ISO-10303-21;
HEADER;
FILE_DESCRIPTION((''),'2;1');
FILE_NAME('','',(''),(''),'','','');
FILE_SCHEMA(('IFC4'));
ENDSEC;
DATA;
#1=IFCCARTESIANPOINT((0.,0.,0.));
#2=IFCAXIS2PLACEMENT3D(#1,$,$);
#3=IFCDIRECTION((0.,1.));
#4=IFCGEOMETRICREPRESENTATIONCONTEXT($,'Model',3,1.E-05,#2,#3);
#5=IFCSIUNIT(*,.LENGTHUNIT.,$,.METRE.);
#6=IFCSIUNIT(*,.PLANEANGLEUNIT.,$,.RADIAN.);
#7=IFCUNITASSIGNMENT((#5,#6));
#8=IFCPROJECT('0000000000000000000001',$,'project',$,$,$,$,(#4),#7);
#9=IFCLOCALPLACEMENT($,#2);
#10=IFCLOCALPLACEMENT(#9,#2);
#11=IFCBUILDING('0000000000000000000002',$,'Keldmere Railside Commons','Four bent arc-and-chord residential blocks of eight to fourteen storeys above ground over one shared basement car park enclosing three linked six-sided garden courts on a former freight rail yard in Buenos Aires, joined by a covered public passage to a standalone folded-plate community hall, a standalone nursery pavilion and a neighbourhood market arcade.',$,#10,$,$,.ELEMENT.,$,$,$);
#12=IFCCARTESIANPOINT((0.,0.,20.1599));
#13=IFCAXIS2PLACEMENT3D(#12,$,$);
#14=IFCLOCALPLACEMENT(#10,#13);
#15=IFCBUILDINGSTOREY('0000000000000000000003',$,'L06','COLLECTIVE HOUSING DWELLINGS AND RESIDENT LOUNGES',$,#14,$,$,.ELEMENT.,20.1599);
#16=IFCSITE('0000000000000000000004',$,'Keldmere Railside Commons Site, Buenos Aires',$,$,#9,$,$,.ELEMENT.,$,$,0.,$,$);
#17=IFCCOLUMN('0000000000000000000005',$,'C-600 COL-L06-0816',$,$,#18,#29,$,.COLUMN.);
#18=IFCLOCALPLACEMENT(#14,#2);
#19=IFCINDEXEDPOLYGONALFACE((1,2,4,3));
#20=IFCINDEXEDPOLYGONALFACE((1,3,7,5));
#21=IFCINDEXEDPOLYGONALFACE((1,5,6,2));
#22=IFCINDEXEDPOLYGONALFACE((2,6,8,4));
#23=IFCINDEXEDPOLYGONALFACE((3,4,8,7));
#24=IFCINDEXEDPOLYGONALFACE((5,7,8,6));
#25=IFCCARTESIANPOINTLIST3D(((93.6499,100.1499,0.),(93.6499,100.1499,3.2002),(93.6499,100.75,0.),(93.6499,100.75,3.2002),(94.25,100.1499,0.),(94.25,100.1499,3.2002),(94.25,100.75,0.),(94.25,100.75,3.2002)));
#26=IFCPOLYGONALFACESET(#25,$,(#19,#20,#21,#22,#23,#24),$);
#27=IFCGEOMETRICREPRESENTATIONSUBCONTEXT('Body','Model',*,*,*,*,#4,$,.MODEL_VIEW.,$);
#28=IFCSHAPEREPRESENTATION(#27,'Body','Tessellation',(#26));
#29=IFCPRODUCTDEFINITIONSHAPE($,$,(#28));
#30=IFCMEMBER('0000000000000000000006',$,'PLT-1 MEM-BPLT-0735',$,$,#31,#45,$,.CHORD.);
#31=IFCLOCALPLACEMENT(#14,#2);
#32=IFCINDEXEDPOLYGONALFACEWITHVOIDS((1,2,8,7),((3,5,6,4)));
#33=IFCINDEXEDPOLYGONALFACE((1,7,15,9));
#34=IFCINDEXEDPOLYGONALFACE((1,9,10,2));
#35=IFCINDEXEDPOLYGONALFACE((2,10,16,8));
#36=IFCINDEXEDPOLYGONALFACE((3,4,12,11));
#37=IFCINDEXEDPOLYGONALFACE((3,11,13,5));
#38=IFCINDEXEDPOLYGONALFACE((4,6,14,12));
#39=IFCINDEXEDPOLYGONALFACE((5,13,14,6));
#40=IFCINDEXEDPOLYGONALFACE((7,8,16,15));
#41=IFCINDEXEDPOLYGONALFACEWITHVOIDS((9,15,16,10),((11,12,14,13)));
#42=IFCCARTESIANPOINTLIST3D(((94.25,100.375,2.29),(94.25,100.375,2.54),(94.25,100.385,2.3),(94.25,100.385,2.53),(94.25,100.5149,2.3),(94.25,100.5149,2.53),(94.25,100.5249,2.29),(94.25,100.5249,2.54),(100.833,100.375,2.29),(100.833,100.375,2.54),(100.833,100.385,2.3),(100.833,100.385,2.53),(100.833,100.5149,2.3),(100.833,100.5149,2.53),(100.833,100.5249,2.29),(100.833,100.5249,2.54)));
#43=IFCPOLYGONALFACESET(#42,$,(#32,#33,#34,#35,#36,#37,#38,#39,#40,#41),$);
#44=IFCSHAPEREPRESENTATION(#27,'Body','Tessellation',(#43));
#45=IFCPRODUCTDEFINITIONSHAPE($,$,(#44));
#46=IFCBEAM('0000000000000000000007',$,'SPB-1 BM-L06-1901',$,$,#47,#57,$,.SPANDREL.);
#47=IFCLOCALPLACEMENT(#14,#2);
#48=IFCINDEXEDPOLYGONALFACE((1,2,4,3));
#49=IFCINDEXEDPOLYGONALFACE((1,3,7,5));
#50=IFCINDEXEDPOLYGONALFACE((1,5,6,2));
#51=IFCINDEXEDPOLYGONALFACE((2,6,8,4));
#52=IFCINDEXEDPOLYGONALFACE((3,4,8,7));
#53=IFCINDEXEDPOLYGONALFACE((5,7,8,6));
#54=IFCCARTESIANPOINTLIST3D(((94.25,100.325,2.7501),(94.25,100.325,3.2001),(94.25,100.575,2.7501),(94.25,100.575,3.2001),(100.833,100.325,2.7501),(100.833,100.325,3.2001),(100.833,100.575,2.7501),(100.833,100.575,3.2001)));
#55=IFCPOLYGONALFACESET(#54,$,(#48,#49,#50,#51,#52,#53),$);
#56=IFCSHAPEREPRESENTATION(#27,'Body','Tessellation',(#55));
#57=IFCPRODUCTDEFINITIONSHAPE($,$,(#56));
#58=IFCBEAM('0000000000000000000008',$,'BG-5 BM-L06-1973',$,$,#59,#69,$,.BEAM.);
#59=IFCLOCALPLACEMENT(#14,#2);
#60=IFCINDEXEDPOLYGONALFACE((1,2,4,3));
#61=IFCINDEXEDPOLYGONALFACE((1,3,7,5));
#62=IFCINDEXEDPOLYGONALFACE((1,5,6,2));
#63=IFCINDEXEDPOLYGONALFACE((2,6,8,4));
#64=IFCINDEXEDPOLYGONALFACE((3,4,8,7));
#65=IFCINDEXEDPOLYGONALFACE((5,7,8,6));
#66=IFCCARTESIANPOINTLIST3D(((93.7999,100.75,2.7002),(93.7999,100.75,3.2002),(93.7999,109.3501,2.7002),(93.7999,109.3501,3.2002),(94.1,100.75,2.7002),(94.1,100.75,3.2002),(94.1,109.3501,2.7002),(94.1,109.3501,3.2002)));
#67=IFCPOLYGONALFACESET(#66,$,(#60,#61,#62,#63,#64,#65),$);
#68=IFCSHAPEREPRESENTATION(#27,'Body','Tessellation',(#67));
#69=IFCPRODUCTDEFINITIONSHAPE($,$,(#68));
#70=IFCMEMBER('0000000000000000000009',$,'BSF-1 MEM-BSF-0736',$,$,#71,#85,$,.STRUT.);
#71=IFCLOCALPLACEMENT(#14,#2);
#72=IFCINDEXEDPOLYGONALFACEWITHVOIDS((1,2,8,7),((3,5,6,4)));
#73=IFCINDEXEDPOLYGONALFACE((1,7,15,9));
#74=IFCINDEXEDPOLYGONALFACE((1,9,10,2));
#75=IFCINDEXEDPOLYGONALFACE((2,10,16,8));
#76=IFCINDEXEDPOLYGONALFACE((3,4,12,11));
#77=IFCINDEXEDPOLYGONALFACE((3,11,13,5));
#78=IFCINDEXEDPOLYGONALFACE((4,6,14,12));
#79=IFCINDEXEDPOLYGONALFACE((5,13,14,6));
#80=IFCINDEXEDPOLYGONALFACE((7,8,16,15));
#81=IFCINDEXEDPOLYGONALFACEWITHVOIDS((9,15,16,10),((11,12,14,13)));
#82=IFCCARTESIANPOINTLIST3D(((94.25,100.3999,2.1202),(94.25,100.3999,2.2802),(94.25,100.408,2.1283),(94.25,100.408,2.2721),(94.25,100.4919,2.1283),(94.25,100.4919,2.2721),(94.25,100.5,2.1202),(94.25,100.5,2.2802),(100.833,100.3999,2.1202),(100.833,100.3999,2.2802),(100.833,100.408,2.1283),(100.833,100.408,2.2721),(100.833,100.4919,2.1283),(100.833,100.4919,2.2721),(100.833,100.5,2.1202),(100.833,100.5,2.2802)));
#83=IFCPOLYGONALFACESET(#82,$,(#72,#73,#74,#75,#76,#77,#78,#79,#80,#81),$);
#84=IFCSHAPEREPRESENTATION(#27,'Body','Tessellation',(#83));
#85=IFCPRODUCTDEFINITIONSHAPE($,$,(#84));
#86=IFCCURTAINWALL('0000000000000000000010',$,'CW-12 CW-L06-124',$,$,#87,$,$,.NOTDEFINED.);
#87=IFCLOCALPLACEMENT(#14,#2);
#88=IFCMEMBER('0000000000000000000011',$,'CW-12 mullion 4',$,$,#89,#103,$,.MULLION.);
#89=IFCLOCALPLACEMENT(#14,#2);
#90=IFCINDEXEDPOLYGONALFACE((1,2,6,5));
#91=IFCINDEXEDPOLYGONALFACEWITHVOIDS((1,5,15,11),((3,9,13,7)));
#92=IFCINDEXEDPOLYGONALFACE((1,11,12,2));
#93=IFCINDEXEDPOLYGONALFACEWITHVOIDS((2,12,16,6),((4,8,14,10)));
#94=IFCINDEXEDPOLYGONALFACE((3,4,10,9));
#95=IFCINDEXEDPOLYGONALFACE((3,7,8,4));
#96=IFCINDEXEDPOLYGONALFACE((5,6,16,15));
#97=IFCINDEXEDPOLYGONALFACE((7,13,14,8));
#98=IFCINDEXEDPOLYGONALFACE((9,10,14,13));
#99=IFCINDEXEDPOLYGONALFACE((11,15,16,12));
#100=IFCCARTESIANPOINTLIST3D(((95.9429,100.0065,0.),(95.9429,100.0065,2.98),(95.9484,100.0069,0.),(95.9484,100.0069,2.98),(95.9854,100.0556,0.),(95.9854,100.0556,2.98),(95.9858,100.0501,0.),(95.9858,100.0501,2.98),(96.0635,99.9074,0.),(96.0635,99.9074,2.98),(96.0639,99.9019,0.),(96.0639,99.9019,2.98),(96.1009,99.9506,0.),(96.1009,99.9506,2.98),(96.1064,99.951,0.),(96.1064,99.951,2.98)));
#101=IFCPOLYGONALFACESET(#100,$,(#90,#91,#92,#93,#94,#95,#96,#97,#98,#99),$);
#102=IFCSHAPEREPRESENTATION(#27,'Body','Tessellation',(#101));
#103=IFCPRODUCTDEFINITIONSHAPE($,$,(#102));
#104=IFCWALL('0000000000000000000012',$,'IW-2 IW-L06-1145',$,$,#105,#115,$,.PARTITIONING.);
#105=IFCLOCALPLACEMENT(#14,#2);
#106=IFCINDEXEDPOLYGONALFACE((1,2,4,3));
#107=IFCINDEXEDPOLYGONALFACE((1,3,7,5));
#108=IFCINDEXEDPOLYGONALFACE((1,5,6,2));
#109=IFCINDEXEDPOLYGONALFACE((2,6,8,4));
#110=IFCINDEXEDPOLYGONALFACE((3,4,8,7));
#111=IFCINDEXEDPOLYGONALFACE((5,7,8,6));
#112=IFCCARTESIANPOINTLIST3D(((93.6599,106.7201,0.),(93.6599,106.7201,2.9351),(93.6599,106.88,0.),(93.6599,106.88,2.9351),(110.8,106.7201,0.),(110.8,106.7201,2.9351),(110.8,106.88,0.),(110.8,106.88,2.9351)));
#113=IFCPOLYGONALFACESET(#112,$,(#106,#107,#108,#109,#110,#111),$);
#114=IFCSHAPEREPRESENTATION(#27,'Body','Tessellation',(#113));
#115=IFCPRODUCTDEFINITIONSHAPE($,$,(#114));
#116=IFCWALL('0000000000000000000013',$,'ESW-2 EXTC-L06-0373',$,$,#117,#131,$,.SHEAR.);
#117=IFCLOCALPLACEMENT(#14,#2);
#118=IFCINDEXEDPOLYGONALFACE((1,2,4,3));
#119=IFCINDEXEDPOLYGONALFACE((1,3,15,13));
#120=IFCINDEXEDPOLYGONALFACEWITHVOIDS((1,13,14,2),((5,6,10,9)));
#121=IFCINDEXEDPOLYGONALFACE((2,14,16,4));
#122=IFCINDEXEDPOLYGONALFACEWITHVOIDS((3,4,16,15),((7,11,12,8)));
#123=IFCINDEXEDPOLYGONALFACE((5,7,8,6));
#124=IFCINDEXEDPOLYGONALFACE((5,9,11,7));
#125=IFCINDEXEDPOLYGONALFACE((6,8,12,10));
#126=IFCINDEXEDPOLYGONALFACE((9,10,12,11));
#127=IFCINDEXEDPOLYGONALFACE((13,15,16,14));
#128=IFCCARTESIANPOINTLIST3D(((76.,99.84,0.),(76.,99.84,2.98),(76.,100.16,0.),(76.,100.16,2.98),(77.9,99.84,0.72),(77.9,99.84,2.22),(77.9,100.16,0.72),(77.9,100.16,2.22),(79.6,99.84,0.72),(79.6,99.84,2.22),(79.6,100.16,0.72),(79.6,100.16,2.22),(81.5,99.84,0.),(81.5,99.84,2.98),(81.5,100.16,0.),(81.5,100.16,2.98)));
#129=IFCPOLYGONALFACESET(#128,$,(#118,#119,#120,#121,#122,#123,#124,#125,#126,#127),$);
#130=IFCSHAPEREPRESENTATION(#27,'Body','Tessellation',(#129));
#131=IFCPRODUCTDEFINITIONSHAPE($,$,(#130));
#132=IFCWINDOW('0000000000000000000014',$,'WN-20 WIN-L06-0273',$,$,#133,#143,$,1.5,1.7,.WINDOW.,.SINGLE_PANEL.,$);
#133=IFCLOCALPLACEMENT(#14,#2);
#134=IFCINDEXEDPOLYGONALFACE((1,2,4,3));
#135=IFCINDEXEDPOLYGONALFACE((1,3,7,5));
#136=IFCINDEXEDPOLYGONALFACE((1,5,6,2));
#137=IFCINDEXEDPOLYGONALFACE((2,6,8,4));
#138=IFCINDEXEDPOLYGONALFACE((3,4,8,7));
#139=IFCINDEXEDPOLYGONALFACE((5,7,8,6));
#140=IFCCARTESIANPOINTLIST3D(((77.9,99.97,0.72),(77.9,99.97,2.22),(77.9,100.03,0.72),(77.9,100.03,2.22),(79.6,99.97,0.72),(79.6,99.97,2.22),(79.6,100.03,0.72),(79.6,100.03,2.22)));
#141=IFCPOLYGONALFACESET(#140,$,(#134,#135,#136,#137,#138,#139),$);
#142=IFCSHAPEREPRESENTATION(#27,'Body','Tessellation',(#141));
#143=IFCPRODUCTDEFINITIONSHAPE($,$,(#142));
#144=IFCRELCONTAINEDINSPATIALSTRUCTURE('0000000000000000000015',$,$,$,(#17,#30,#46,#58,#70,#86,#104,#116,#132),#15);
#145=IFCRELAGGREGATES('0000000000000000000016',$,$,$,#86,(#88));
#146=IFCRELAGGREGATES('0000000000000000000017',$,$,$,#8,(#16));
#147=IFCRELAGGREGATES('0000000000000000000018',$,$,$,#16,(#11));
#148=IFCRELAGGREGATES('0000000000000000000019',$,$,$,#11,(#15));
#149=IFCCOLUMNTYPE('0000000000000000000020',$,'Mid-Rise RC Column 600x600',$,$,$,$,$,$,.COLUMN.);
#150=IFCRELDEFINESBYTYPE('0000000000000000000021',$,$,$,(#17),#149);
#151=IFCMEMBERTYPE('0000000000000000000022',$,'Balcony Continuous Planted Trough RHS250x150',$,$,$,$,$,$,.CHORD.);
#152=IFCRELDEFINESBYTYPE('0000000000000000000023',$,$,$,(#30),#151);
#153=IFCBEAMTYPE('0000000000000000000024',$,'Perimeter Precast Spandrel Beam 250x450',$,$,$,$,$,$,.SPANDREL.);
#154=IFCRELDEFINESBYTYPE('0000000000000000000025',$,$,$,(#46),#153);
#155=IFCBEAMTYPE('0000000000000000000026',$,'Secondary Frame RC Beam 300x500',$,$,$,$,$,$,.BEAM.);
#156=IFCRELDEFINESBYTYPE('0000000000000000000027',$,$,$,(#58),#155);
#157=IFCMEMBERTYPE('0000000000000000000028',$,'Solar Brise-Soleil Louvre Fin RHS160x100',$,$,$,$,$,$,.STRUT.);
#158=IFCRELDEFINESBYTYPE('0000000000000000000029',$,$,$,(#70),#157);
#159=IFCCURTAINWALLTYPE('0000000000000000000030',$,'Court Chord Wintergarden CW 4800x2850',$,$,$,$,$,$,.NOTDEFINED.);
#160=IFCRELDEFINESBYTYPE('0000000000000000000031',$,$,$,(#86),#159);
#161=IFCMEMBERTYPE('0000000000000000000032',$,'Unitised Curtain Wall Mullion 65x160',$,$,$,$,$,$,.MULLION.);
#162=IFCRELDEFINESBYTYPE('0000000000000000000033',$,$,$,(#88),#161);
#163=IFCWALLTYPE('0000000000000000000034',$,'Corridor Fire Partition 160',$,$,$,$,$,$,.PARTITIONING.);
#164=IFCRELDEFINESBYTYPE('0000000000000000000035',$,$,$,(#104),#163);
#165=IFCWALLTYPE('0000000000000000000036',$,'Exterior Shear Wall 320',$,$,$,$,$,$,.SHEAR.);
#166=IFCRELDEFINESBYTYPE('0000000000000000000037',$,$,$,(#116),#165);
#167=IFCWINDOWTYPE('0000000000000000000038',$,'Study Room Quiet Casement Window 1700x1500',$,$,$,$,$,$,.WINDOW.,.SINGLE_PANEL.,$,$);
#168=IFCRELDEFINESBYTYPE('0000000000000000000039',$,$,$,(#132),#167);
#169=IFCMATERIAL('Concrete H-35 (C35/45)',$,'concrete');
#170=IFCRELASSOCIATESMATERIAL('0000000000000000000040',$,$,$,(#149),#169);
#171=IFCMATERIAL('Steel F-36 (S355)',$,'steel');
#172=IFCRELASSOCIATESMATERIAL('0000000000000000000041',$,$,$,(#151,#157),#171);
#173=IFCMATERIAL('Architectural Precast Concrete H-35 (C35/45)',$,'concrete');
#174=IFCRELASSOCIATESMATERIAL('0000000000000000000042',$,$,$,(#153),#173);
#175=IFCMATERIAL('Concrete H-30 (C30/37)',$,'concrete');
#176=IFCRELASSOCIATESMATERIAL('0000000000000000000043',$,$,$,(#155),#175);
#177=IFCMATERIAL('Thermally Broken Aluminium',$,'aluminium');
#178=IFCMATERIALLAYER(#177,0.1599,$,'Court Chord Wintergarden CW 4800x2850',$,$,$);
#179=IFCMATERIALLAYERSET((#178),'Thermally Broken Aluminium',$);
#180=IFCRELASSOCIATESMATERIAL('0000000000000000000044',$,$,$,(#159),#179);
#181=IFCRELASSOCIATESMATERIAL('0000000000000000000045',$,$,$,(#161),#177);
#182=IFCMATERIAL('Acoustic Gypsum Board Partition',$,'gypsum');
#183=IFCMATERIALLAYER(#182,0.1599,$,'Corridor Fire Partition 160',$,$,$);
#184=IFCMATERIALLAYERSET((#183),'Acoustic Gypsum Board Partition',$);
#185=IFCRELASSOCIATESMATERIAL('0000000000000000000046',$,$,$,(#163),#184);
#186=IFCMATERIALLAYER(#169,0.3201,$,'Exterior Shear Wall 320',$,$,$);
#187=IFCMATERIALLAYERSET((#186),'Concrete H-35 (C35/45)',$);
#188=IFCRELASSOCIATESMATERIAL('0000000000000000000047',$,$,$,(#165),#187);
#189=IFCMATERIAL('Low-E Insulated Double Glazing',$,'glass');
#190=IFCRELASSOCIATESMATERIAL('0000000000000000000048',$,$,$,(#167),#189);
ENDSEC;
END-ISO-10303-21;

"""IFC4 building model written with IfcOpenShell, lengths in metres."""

from ifc_helpers import new_model, si_unit, direction, frame, frame_2d, origin, origin_2d, place, context, subcontext, project, spatial, rectangle, hollow_rectangle, extrude, material, layer, layer_set, material_profile, profile_set, type_object, element, fill, aggregate, save


model = new_model("IFC4")

# Units and contexts
model_context = context("Model", 3, precision=1e-05, world=origin(), true_north=direction((0.0, 1.0)))
body_context = subcontext(model_context, "Body", "Model", "MODEL_VIEW")
ifc_project = project(units=[si_unit("LENGTHUNIT", "METRE"), si_unit("PLANEANGLEUNIT", "RADIAN")], contexts=[model_context])

# Site, building, storey
site_placement = place(None, origin())
site = spatial("IfcSite", under=ifc_project, at=site_placement, Name="Keldmere Railside Commons Site, Buenos Aires", CompositionType="ELEMENT", RefElevation=0.0)
building_placement = place(site_placement, origin())
building = spatial("IfcBuilding", under=site, at=building_placement, Name="Keldmere Railside Commons", Description="Four bent arc-and-chord residential blocks of eight to fourteen storeys above ground over one shared basement car park enclosing three linked six-sided garden courts on a former freight rail yard in Buenos Aires, joined by a covered public passage to a standalone folded-plate community hall, a standalone nursery pavilion and a neighbourhood market arcade.", CompositionType="ELEMENT")
storey_placement = place(building_placement, frame((0.0, 0.0, 20.1599)))
storey = spatial("IfcBuildingStorey", under=building, at=storey_placement, Name="L06", Description="COLLECTIVE HOUSING DWELLINGS AND RESIDENT LOUNGES", CompositionType="ELEMENT", Elevation=20.1599)

# Column
ifc_material_1 = material(Name="Concrete H-35 (C35/45)", Category="concrete")
ifc_material_profile_1 = material_profile(ifc_material_1, rectangle(XDim=0.6001, YDim=0.6001, at=origin_2d()), Name="RC-600x600")
ifc_profile_set_1 = profile_set([ifc_material_profile_1], Name="Concrete H-35 (C35/45)")
column_type = type_object("IfcColumnType", Name="Mid-Rise RC Column 600x600", PredefinedType="COLUMN", material=ifc_profile_set_1)
column_placement = place(storey_placement, frame((93.95, 100.45, 0.0), z_axis=(0.0, 0.0, 1.0), x_axis=(1.0, 0.0, 0.0)))
element("IfcColumn", 1, at=column_placement, inside=storey, type_object=column_type, Name="C-600 COL-L06-0816", PredefinedType="COLUMN", context=body_context, shape_type="SweptSolid", body=[
    extrude(rectangle(XDim=0.6001, YDim=0.6001, at=origin_2d()), origin(), (0.0, 0.0, 1.0), 3.2002),
])

# Member
ifc_material_2 = material(Name="Steel F-36 (S355)", Category="steel")
ifc_material_profile_2 = material_profile(ifc_material_2, hollow_rectangle(XDim=0.1499, YDim=0.25, WallThickness=0.01, at=origin_2d()), Name="RHS-250x150x10")
ifc_profile_set_2 = profile_set([ifc_material_profile_2], Name="Steel F-36 (S355)")
member_type_1 = type_object("IfcMemberType", Name="Balcony Continuous Planted Trough RHS250x150", PredefinedType="CHORD", material=ifc_profile_set_2)
member_1_placement = place(storey_placement, frame((94.25, 100.45, 2.415), z_axis=(1.0, 0.0, 0.0), x_axis=(0.0, 1.0, 0.0)))
element("IfcMember", 2, at=member_1_placement, inside=storey, type_object=member_type_1, Name="PLT-1 MEM-BPLT-0735", PredefinedType="CHORD", context=body_context, shape_type="SweptSolid", body=[
    extrude(hollow_rectangle(XDim=0.1499, YDim=0.25, WallThickness=0.01, at=origin_2d()), origin(), (0.0, 0.0, 1.0), 6.583),
])

# Beams
ifc_material_3 = material(Name="Architectural Precast Concrete H-35 (C35/45)", Category="concrete")
ifc_material_profile_3 = material_profile(ifc_material_3, rectangle(XDim=0.25, YDim=0.45, at=origin_2d()), Name="RC-250x450")
ifc_profile_set_3 = profile_set([ifc_material_profile_3], Name="Architectural Precast Concrete H-35 (C35/45)")
beam_type_1 = type_object("IfcBeamType", Name="Perimeter Precast Spandrel Beam 250x450", PredefinedType="SPANDREL", material=ifc_profile_set_3)
beam_1_placement = place(storey_placement, frame((94.25, 100.45, 2.9751), z_axis=(1.0, 0.0, 0.0), x_axis=(0.0, 1.0, 0.0)))
element("IfcBeam", 3, at=beam_1_placement, inside=storey, type_object=beam_type_1, Name="SPB-1 BM-L06-1901", PredefinedType="SPANDREL", context=body_context, shape_type="SweptSolid", body=[
    extrude(rectangle(XDim=0.25, YDim=0.45, at=origin_2d()), origin(), (0.0, 0.0, 1.0), 6.583),
])
ifc_material_4 = material(Name="Concrete H-30 (C30/37)", Category="concrete")
ifc_material_profile_4 = material_profile(ifc_material_4, rectangle(XDim=0.3, YDim=0.5, at=origin_2d()), Name="RC-300x500")
ifc_profile_set_4 = profile_set([ifc_material_profile_4], Name="Concrete H-30 (C30/37)")
beam_type_2 = type_object("IfcBeamType", Name="Secondary Frame RC Beam 300x500", PredefinedType="BEAM", material=ifc_profile_set_4)
beam_2_placement = place(storey_placement, frame((93.95, 100.75, 2.9502), z_axis=(0.0, 1.0, 0.0), x_axis=(-1.0, 0.0, 0.0)))
element("IfcBeam", 4, at=beam_2_placement, inside=storey, type_object=beam_type_2, Name="BG-5 BM-L06-1973", PredefinedType="BEAM", context=body_context, shape_type="SweptSolid", body=[
    extrude(rectangle(XDim=0.3, YDim=0.5, at=origin_2d()), origin(), (0.0, 0.0, 1.0), 8.6001),
])

# Member
ifc_material_profile_5 = material_profile(ifc_material_2, hollow_rectangle(XDim=0.1001, YDim=0.1599, WallThickness=0.0081, at=origin_2d()), Name="RHS-160x100x8")
ifc_profile_set_5 = profile_set([ifc_material_profile_5], Name="Steel F-36 (S355)")
member_type_2 = type_object("IfcMemberType", Name="Solar Brise-Soleil Louvre Fin RHS160x100", PredefinedType="STRUT", material=ifc_profile_set_5)
member_2_placement = place(storey_placement, frame((94.25, 100.45, 2.2002), z_axis=(1.0, 0.0, 0.0), x_axis=(0.0, 1.0, 0.0)))
element("IfcMember", 5, at=member_2_placement, inside=storey, type_object=member_type_2, Name="BSF-1 MEM-BSF-0736", PredefinedType="STRUT", context=body_context, shape_type="SweptSolid", body=[
    extrude(hollow_rectangle(XDim=0.1001, YDim=0.1599, WallThickness=0.0081, at=origin_2d()), origin(), (0.0, 0.0, 1.0), 6.583),
])

# Curtain wall, member
ifc_material_5 = material(Name="Thermally Broken Aluminium", Category="aluminium")
ifc_layer_1 = layer(ifc_material_5, 0.1599, Name="Court Chord Wintergarden CW 4800x2850")
ifc_layer_set_1 = layer_set([ifc_layer_1], Name="Thermally Broken Aluminium")
curtain_wall_type = type_object("IfcCurtainWallType", Name="Court Chord Wintergarden CW 4800x2850", PredefinedType="NOTDEFINED", material=ifc_layer_set_1)
curtain_wall_placement = place(storey_placement, origin())
curtain_wall = element("IfcCurtainWall", 6, at=curtain_wall_placement, inside=storey, type_object=curtain_wall_type, Name="CW-12 CW-L06-124", PredefinedType="NOTDEFINED")
ifc_material_profile_6 = material_profile(ifc_material_5, hollow_rectangle(XDim=0.0649, YDim=0.1599, WallThickness=0.0039, at=origin_2d()), Name="ALU-MULL-65x160")
ifc_profile_set_6 = profile_set([ifc_material_profile_6], Name="Thermally Broken Aluminium")
member_type_3 = type_object("IfcMemberType", Name="Unitised Curtain Wall Mullion 65x160", PredefinedType="MULLION", material=ifc_profile_set_6)
member_3_placement = place(storey_placement, frame((96.0247, 99.9788, 0.0), z_axis=(0.0, 0.0, 1.0), x_axis=(-0.653882, -0.756597, 0.0)))
member_3 = element("IfcMember", 7, at=member_3_placement, type_object=member_type_3, Name="CW-12 mullion 4", PredefinedType="MULLION", context=body_context, shape_type="SweptSolid", body=[
    extrude(hollow_rectangle(XDim=0.0649, YDim=0.1599, WallThickness=0.0039, at=origin_2d()), origin(), (0.0, 0.0, 1.0), 2.98),
])
aggregate(curtain_wall, [member_3])

# Wall
ifc_material_6 = material(Name="Acoustic Gypsum Board Partition", Category="gypsum")
ifc_layer_2 = layer(ifc_material_6, 0.1599, Name="Corridor Fire Partition 160")
ifc_layer_set_2 = layer_set([ifc_layer_2], Name="Acoustic Gypsum Board Partition")
wall_type_1 = type_object("IfcWallType", Name="Corridor Fire Partition 160", PredefinedType="PARTITIONING", material=ifc_layer_set_2)
wall_1_placement = place(storey_placement, frame((93.6599, 106.8, 0.0), z_axis=(0.0, 0.0, 1.0), x_axis=(1.0, 0.0, 0.0)))
element("IfcWall", 8, at=wall_1_placement, inside=storey, type_object=wall_type_1, Name="IW-2 IW-L06-1145", PredefinedType="PARTITIONING", context=body_context, shape_type="SweptSolid", body=[
    extrude(rectangle(XDim=17.1401, YDim=0.1599, at=frame_2d((8.5701, 0.0))), origin(), (0.0, 0.0, 1.0), 2.9351),
])

# Wall, opening, window
ifc_layer_3 = layer(ifc_material_1, 0.3201, Name="Exterior Shear Wall 320")
ifc_layer_set_3 = layer_set([ifc_layer_3], Name="Concrete H-35 (C35/45)")
wall_type_2 = type_object("IfcWallType", Name="Exterior Shear Wall 320", PredefinedType="SHEAR", material=ifc_layer_set_3)
wall_2_placement = place(storey_placement, frame((81.5, 100.0, 0.0), z_axis=(0.0, 0.0, 1.0), x_axis=(-1.0, 0.0, 0.0)))
wall_2 = element("IfcWall", 9, at=wall_2_placement, inside=storey, type_object=wall_type_2, Name="ESW-2 EXTC-L06-0373", PredefinedType="SHEAR", context=body_context, shape_type="SweptSolid", body=[
    extrude(rectangle(XDim=5.5, YDim=0.3201, at=frame_2d((2.75, 0.0))), origin(), (0.0, 0.0, 1.0), 2.98),
])
opening_1_placement = place(wall_2_placement, frame((1.8999, 0.0, 0.72)))
opening_1 = element("IfcOpeningElement", 10, at=opening_1_placement, cuts=wall_2, PredefinedType="OPENING", context=body_context, shape_type="SweptSolid", body=[
    extrude(rectangle(XDim=1.7, YDim=1.5, at=frame_2d((0.8501, 0.75))), frame((0.0, 0.1699, 0.0), z_axis=(0.0, -1.0, 0.0), x_axis=(1.0, 0.0, 0.0)), (0.0, 0.0, 1.0), 0.3401),
])
ifc_material_7 = material(Name="Low-E Insulated Double Glazing", Category="glass")
window_type_1 = type_object("IfcWindowType", Name="Study Room Quiet Casement Window 1700x1500", PartitioningType="SINGLE_PANEL", PredefinedType="WINDOW", material=ifc_material_7)
window_1_placement = place(opening_1_placement, origin())
window_1 = element("IfcWindow", 11, at=window_1_placement, inside=storey, type_object=window_type_1, Name="WN-20 WIN-L06-0273", OverallHeight=1.5, OverallWidth=1.7, PartitioningType="SINGLE_PANEL", PredefinedType="WINDOW", context=body_context, shape_type="SweptSolid", body=[
    extrude(rectangle(XDim=1.7, YDim=1.5, at=frame_2d((0.8501, 0.75))), frame((0.0, 0.03, 0.0), z_axis=(0.0, -1.0, 0.0), x_axis=(1.0, 0.0, 0.0)), (0.0, 0.0, 1.0), 0.0601),
])
fill(opening_1, window_1)

save(model, "model.ifc")
